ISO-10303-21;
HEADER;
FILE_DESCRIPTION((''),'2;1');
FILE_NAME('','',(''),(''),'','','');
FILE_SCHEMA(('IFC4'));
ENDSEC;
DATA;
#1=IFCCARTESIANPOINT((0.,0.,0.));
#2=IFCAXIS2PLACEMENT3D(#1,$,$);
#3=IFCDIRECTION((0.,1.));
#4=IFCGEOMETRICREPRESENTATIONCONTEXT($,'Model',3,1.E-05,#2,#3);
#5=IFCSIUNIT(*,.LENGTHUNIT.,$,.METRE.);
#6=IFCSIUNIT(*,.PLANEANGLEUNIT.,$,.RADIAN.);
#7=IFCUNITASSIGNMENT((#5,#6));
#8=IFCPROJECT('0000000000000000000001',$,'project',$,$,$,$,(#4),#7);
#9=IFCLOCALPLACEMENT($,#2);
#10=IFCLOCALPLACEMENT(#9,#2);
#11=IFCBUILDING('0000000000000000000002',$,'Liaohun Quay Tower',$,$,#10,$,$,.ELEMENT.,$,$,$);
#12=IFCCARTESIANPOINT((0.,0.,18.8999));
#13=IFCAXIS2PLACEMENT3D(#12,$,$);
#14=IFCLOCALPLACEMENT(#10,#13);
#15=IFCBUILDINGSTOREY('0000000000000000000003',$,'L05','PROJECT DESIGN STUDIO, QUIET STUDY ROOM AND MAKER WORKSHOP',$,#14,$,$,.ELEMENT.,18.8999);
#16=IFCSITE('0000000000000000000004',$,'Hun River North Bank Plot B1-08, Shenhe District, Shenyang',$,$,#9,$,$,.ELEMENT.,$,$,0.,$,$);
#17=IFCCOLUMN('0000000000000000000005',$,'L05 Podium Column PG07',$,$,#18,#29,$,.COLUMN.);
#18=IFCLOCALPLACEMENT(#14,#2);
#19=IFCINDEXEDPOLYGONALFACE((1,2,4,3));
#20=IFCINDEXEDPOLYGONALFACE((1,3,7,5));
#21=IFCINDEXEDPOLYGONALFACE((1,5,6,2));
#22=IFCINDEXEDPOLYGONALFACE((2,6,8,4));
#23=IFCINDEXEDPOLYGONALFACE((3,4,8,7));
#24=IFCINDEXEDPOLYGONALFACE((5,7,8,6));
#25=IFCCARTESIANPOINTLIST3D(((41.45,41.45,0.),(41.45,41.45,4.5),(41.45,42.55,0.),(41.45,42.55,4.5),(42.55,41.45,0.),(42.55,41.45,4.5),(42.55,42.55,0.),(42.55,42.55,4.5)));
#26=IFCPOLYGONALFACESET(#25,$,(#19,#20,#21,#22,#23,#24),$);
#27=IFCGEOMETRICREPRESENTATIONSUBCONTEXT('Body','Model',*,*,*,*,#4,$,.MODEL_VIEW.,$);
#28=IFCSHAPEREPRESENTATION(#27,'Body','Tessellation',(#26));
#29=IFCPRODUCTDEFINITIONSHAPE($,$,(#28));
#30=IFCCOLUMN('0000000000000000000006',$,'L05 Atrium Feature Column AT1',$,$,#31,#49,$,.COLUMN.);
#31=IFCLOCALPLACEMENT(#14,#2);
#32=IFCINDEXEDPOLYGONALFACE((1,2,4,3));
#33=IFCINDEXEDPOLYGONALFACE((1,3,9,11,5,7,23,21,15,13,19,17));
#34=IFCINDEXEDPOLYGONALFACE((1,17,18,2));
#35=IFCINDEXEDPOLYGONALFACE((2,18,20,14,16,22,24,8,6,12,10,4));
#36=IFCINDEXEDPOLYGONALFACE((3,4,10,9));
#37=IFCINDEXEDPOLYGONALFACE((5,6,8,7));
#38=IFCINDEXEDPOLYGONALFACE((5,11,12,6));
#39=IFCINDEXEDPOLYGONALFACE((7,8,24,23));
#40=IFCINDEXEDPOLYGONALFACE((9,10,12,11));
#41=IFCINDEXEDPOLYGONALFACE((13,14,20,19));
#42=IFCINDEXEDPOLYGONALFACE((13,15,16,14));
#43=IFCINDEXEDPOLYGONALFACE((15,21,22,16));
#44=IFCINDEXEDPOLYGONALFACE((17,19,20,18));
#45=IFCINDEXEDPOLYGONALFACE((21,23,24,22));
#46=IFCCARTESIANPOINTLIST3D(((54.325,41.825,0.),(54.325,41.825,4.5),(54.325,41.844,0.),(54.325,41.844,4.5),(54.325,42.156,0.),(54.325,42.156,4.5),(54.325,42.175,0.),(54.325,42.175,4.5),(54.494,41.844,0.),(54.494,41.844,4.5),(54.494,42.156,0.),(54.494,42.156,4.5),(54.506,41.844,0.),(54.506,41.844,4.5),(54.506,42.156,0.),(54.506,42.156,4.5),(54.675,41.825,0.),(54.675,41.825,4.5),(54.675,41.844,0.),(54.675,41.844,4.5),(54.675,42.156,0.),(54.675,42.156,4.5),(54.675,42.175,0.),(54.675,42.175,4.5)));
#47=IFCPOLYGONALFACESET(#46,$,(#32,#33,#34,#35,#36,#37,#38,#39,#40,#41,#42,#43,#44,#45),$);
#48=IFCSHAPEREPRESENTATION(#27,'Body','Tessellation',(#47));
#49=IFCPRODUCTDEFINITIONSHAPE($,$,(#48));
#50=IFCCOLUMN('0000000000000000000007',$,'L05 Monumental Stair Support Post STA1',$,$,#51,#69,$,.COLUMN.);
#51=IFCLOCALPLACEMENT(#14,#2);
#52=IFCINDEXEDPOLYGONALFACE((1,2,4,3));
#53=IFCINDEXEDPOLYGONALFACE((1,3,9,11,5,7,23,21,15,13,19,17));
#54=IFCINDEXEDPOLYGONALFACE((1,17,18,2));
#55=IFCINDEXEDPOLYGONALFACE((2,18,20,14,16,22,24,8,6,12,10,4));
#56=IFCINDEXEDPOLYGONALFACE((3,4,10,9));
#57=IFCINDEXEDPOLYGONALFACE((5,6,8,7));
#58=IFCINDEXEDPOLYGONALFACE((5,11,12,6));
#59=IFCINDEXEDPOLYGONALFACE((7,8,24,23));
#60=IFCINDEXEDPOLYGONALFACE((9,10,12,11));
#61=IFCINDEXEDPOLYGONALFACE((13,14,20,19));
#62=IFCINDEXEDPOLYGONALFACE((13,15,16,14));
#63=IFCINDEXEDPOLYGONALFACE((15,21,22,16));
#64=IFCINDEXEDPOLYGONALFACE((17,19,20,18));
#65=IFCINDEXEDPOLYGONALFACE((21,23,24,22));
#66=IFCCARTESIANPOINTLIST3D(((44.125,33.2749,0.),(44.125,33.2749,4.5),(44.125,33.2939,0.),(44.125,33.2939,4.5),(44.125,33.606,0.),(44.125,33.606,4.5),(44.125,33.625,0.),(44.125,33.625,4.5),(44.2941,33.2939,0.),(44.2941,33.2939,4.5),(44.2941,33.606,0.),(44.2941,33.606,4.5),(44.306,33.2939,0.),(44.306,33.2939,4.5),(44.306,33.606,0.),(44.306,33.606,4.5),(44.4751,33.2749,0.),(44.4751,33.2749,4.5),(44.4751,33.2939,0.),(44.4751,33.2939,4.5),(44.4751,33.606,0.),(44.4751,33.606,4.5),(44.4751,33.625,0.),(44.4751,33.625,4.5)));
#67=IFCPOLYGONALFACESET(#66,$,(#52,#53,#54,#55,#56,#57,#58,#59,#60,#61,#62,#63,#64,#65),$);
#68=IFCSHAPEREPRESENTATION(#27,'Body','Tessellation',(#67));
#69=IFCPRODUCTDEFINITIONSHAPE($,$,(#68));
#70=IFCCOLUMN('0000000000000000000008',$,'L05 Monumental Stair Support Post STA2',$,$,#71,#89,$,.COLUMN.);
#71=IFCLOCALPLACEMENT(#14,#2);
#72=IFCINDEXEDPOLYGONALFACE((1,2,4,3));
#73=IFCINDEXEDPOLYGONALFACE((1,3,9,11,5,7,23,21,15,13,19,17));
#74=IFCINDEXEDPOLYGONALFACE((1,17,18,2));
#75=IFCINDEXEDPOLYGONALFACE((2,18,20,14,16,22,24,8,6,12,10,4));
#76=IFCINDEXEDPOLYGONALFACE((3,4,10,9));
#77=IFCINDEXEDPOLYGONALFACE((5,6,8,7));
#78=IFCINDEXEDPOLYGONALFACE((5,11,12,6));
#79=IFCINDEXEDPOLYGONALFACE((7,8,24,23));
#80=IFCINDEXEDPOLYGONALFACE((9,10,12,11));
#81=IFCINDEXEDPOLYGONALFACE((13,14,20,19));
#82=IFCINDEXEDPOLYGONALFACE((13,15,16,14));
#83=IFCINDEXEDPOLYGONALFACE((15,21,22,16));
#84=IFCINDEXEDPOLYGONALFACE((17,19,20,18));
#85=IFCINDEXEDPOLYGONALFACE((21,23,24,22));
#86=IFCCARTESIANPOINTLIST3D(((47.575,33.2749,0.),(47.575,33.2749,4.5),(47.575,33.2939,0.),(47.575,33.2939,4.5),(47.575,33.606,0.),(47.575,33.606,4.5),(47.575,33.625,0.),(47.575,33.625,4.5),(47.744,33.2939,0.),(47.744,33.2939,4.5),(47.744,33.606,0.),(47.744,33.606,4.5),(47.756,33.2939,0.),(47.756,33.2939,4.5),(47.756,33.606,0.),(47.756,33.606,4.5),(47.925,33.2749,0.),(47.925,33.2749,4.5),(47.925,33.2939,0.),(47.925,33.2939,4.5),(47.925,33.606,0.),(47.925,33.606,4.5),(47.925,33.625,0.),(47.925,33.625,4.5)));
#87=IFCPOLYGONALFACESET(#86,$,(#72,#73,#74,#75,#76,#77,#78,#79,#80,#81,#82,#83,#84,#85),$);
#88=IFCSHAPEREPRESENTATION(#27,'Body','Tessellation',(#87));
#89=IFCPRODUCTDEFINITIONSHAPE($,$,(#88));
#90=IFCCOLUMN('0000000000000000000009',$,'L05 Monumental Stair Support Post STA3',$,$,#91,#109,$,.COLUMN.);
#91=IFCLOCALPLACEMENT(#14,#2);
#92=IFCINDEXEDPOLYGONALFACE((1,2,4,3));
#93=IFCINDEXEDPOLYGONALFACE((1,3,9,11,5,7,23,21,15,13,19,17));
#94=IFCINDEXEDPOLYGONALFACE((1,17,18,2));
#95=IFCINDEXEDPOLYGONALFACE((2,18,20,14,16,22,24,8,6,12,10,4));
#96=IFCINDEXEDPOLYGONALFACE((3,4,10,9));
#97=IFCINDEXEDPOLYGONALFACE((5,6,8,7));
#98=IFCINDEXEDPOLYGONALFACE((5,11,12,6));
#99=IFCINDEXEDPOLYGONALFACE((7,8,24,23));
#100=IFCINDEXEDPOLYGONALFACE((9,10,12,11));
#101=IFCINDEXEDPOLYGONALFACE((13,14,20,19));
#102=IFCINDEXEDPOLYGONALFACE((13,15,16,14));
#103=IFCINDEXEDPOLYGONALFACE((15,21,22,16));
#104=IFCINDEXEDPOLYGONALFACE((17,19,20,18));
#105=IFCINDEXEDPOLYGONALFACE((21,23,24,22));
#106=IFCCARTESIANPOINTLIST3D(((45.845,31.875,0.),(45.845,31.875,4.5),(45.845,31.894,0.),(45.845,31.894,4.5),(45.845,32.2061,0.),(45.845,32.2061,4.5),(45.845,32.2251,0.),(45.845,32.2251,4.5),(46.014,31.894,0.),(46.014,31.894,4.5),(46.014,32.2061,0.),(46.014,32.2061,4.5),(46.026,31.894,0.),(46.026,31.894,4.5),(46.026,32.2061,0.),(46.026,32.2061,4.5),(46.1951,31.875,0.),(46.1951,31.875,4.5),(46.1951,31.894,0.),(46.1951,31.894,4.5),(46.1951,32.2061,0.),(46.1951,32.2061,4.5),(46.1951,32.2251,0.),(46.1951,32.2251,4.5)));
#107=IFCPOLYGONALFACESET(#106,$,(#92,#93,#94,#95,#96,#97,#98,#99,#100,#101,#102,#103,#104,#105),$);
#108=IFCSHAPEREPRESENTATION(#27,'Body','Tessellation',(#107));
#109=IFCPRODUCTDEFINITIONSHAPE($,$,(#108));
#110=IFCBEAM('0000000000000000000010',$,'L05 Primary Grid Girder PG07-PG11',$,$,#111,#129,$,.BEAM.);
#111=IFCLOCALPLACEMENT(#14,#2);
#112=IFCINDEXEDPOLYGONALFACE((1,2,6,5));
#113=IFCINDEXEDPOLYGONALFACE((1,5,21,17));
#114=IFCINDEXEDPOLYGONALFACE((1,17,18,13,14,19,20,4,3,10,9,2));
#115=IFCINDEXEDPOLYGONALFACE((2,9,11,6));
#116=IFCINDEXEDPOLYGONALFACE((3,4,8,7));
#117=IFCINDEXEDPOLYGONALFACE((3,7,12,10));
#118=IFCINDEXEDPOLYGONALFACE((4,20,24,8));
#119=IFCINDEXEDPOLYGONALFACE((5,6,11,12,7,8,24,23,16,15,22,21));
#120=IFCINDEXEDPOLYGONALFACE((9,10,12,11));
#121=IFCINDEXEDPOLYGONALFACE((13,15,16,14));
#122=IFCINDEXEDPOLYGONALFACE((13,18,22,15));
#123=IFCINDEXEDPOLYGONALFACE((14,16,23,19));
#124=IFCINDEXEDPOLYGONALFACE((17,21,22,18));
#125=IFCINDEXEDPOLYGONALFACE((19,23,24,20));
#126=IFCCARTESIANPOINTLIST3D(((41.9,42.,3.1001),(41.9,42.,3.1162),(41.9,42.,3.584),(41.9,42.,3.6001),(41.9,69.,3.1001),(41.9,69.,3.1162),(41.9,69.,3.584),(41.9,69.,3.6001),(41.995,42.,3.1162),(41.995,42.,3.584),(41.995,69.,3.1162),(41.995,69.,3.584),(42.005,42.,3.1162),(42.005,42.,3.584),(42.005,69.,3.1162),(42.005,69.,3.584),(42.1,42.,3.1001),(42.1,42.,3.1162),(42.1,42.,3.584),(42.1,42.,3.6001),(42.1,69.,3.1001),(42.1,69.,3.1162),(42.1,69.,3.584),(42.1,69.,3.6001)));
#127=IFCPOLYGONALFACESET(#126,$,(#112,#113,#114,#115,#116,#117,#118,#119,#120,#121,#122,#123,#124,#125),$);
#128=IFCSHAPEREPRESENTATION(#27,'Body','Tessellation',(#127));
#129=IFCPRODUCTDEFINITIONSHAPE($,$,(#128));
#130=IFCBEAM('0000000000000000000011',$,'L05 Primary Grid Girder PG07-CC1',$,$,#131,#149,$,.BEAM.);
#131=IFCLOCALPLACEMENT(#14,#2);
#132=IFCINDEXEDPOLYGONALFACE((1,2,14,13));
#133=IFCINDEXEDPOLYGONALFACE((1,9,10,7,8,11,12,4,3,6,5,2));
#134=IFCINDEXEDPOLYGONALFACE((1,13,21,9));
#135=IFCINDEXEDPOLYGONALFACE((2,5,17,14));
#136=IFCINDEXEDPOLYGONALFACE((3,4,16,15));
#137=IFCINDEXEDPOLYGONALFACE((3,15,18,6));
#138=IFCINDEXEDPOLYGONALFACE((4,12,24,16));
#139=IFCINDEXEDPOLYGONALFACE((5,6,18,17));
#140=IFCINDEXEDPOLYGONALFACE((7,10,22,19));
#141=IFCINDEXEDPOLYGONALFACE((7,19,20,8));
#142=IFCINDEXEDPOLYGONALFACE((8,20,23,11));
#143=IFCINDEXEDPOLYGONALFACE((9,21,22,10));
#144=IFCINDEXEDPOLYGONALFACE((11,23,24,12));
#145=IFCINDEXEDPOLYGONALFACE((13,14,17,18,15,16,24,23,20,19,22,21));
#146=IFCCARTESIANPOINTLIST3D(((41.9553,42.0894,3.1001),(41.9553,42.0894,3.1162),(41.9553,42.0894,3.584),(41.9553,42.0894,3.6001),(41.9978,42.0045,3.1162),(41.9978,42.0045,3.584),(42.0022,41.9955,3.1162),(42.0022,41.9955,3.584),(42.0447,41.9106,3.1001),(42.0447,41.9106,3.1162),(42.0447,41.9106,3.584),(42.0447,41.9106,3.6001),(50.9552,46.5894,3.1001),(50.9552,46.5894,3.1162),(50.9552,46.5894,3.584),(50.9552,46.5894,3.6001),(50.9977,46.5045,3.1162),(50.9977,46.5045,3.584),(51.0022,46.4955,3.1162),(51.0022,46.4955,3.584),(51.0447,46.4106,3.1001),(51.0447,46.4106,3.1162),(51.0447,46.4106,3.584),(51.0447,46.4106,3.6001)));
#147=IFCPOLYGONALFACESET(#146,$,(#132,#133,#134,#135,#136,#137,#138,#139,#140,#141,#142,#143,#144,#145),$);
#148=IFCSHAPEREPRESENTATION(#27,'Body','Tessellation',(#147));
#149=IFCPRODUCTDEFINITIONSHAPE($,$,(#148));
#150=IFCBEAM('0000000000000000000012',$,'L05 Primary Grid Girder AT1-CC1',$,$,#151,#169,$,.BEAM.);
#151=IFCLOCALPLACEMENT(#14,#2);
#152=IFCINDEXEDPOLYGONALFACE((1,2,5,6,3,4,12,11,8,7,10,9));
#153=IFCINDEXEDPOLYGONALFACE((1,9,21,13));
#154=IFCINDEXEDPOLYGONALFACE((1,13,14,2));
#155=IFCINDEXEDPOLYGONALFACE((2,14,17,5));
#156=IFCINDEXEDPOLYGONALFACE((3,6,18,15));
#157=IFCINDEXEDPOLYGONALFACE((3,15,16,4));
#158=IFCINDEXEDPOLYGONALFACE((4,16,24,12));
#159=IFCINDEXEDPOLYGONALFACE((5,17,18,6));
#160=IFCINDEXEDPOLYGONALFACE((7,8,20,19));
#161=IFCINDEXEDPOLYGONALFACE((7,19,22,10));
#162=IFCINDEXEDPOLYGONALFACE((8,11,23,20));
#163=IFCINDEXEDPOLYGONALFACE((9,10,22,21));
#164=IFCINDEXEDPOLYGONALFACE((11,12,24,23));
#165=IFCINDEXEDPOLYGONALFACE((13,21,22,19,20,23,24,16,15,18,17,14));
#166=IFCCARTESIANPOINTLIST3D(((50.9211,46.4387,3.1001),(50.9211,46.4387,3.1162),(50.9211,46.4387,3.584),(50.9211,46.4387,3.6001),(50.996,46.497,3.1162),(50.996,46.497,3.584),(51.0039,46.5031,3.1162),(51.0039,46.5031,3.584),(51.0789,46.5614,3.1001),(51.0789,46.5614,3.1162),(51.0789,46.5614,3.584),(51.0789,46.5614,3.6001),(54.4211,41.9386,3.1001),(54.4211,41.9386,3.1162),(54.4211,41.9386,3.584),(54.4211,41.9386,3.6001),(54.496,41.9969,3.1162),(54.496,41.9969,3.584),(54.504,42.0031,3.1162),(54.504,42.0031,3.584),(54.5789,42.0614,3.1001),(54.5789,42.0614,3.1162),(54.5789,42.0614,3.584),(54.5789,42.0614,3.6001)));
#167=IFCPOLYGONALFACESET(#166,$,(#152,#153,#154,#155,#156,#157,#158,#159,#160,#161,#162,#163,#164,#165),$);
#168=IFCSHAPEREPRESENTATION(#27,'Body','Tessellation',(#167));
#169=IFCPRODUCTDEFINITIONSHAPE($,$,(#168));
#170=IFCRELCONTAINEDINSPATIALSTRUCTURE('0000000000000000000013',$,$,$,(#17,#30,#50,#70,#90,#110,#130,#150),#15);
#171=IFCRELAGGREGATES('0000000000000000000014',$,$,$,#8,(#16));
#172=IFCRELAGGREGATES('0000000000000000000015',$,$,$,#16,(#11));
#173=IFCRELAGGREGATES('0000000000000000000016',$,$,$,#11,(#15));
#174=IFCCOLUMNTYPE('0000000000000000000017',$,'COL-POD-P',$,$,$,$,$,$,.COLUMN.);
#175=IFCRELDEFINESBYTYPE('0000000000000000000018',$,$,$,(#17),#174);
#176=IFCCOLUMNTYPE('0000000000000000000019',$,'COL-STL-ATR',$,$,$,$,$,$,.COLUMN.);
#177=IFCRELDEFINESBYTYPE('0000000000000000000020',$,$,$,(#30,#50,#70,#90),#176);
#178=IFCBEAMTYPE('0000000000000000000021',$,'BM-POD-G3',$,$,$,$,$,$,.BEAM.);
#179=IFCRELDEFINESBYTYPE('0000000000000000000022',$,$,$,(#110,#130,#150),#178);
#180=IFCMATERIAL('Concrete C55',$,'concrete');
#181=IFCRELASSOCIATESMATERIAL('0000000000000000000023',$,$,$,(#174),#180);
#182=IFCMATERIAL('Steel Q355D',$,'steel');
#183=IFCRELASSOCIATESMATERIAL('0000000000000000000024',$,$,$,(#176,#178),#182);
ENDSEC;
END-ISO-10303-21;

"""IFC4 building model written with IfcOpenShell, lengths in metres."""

from ifc_helpers import new_model, si_unit, direction, frame, origin, origin_2d, place, context, subcontext, project, spatial, rectangle, i_section, extrude, source, transform, mapped, material, material_profile, profile_set, type_object, element, save


model = new_model("IFC4")

# Units and contexts
model_context = context("Model", 3, precision=1e-05, world=origin(), true_north=direction((0.0, 1.0)))
body_context = subcontext(model_context, "Body", "Model", "MODEL_VIEW")
ifc_project = project(units=[si_unit("LENGTHUNIT", "METRE"), si_unit("PLANEANGLEUNIT", "RADIAN")], contexts=[model_context])

# Site, building, storey
site_placement = place(None, origin())
site = spatial("IfcSite", under=ifc_project, at=site_placement, Name="Hun River North Bank Plot B1-08, Shenhe District, Shenyang", CompositionType="ELEMENT", RefElevation=0.0)
building_placement = place(site_placement, origin())
building = spatial("IfcBuilding", under=site, at=building_placement, Name="Liaohun Quay Tower", CompositionType="ELEMENT")
storey_placement = place(building_placement, frame((0.0, 0.0, 18.8999)))
storey = spatial("IfcBuildingStorey", under=building, at=storey_placement, Name="L05", Description="PROJECT DESIGN STUDIO, QUIET STUDY ROOM AND MAKER WORKSHOP", CompositionType="ELEMENT", Elevation=18.8999)

# Columns
ifc_material_1 = material(Name="Concrete C55", Category="concrete")
ifc_material_profile_1 = material_profile(ifc_material_1, rectangle(XDim=1.1001, YDim=1.1001, at=origin_2d()), Name="RC1100x1100")
ifc_profile_set_1 = profile_set([ifc_material_profile_1], Name="Concrete C55")
column_type_1 = type_object("IfcColumnType", Name="COL-POD-P", PredefinedType="COLUMN", material=ifc_profile_set_1)
shared_shape_1 = source(origin(), body_context, "Body", "SweptSolid", [
    extrude(rectangle(XDim=1.1001, YDim=1.1001, at=origin_2d()), origin(), (0.0, 0.0, 1.0), 4.5),
])
column_placement = place(storey_placement, frame((42.0, 42.0, 0.0), z_axis=(0.0, 0.0, 1.0), x_axis=(1.0, 0.0, 0.0)))
element("IfcColumn", 1, at=column_placement, inside=storey, type_object=column_type_1, Name="L05 Podium Column PG07", PredefinedType="COLUMN", context=body_context, shape_type="MappedRepresentation", body=[
    mapped(shared_shape_1, transform((0.0, 0.0, 0.0), x_axis=(1.0, 0.0, 0.0), y_axis=(0.0, 1.0, 0.0), z_axis=(0.0, 0.0, 1.0), scale=1.0)),
])
ifc_material_2 = material(Name="Steel Q355D", Category="steel")
ifc_material_profile_2 = material_profile(ifc_material_2, i_section(OverallWidth=0.3501, OverallDepth=0.3501, WebThickness=0.012, FlangeThickness=0.019, at=origin_2d()), Name="HW350x350x12x19")
ifc_profile_set_2 = profile_set([ifc_material_profile_2], Name="Steel Q355D")
column_type_2 = type_object("IfcColumnType", Name="COL-STL-ATR", PredefinedType="COLUMN", material=ifc_profile_set_2)
shared_shape_2 = source(origin(), body_context, "Body", "SweptSolid", [
    extrude(i_section(OverallWidth=0.3501, OverallDepth=0.3501, WebThickness=0.012, FlangeThickness=0.019, at=origin_2d()), origin(), (0.0, 0.0, 1.0), 4.5),
])
for number, where, z_axis, x_axis, name in (
    (2, (54.5, 42.0, 0.0), (0.0, 0.0, 1.0), (1.0, 0.0, 0.0), "L05 Atrium Feature Column AT1"),
    (3, (44.3, 33.45, 0.0), (0.0, 0.0, 1.0), (1.0, 0.0, 0.0), "L05 Monumental Stair Support Post STA1"),
    (4, (47.75, 33.45, 0.0), (0.0, 0.0, 1.0), (1.0, 0.0, 0.0), "L05 Monumental Stair Support Post STA2"),
    (5, (46.02, 32.05, 0.0), (0.0, 0.0, 1.0), (1.0, 0.0, 0.0), "L05 Monumental Stair Support Post STA3"),
):
    element("IfcColumn", number, at=place(storey_placement, frame(where, z_axis=z_axis, x_axis=x_axis)), inside=storey, type_object=column_type_2, Name=name, PredefinedType="COLUMN", context=body_context, shape_type="MappedRepresentation", body=[
        mapped(shared_shape_2, transform((0.0, 0.0, 0.0), x_axis=(1.0, 0.0, 0.0), y_axis=(0.0, 1.0, 0.0), z_axis=(0.0, 0.0, 1.0), scale=1.0)),
    ])

# Beams
ifc_material_profile_3 = material_profile(ifc_material_2, i_section(OverallWidth=0.2, OverallDepth=0.5, WebThickness=0.01, FlangeThickness=0.0161, at=origin_2d()), Name="HN500x200x10x16")
ifc_profile_set_3 = profile_set([ifc_material_profile_3], Name="Steel Q355D")
beam_type_1 = type_object("IfcBeamType", Name="BM-POD-G3", PredefinedType="BEAM", material=ifc_profile_set_3)
shared_shape_3 = source(origin(), body_context, "Body", "SweptSolid", [
    extrude(i_section(OverallWidth=0.2, OverallDepth=0.5, WebThickness=0.01, FlangeThickness=0.0161, at=origin_2d()), origin(), (0.0, 0.0, 1.0), 27.0),
])
beam_1_placement = place(storey_placement, frame((42.0, 42.0, 3.3501), z_axis=(0.0, 1.0, 0.0), x_axis=(-1.0, 0.0, 0.0)))
element("IfcBeam", 6, at=beam_1_placement, inside=storey, type_object=beam_type_1, Name="L05 Primary Grid Girder PG07-PG11", PredefinedType="BEAM", context=body_context, shape_type="MappedRepresentation", body=[
    mapped(shared_shape_3, transform((0.0, 0.0, 0.0), x_axis=(1.0, 0.0, 0.0), y_axis=(0.0, 1.0, 0.0), z_axis=(0.0, 0.0, 1.0), scale=1.0)),
])
shared_shape_4 = source(origin(), body_context, "Body", "SweptSolid", [
    extrude(i_section(OverallWidth=0.2, OverallDepth=0.5, WebThickness=0.01, FlangeThickness=0.0161, at=origin_2d()), origin(), (0.0, 0.0, 1.0), 10.0623),
])
beam_2_placement = place(storey_placement, frame((42.0, 42.0, 3.3501), z_axis=(0.894427, 0.447214, 0.0), x_axis=(-0.447214, 0.894427, 0.0)))
element("IfcBeam", 7, at=beam_2_placement, inside=storey, type_object=beam_type_1, Name="L05 Primary Grid Girder PG07-CC1", PredefinedType="BEAM", context=body_context, shape_type="MappedRepresentation", body=[
    mapped(shared_shape_4, transform((0.0, 0.0, 0.0), x_axis=(1.0, 0.0, 0.0), y_axis=(0.0, 1.0, 0.0), z_axis=(0.0, 0.0, 1.0), scale=1.0)),
])
shared_shape_5 = source(origin(), body_context, "Body", "SweptSolid", [
    extrude(i_section(OverallWidth=0.2, OverallDepth=0.5, WebThickness=0.01, FlangeThickness=0.0161, at=origin_2d()), origin(), (0.0, 0.0, 1.0), 5.7009),
])
beam_3_placement = place(storey_placement, frame((54.5, 42.0, 3.3501), z_axis=(-0.613941, 0.789352, 0.0), x_axis=(-0.789352, -0.613941, 0.0)))
element("IfcBeam", 8, at=beam_3_placement, inside=storey, type_object=beam_type_1, Name="L05 Primary Grid Girder AT1-CC1", PredefinedType="BEAM", context=body_context, shape_type="MappedRepresentation", body=[
    mapped(shared_shape_5, transform((0.0, 0.0, 0.0), x_axis=(1.0, 0.0, 0.0), y_axis=(0.0, 1.0, 0.0), z_axis=(0.0, 0.0, 1.0), scale=1.0)),
])

save(model, "model.ifc")
